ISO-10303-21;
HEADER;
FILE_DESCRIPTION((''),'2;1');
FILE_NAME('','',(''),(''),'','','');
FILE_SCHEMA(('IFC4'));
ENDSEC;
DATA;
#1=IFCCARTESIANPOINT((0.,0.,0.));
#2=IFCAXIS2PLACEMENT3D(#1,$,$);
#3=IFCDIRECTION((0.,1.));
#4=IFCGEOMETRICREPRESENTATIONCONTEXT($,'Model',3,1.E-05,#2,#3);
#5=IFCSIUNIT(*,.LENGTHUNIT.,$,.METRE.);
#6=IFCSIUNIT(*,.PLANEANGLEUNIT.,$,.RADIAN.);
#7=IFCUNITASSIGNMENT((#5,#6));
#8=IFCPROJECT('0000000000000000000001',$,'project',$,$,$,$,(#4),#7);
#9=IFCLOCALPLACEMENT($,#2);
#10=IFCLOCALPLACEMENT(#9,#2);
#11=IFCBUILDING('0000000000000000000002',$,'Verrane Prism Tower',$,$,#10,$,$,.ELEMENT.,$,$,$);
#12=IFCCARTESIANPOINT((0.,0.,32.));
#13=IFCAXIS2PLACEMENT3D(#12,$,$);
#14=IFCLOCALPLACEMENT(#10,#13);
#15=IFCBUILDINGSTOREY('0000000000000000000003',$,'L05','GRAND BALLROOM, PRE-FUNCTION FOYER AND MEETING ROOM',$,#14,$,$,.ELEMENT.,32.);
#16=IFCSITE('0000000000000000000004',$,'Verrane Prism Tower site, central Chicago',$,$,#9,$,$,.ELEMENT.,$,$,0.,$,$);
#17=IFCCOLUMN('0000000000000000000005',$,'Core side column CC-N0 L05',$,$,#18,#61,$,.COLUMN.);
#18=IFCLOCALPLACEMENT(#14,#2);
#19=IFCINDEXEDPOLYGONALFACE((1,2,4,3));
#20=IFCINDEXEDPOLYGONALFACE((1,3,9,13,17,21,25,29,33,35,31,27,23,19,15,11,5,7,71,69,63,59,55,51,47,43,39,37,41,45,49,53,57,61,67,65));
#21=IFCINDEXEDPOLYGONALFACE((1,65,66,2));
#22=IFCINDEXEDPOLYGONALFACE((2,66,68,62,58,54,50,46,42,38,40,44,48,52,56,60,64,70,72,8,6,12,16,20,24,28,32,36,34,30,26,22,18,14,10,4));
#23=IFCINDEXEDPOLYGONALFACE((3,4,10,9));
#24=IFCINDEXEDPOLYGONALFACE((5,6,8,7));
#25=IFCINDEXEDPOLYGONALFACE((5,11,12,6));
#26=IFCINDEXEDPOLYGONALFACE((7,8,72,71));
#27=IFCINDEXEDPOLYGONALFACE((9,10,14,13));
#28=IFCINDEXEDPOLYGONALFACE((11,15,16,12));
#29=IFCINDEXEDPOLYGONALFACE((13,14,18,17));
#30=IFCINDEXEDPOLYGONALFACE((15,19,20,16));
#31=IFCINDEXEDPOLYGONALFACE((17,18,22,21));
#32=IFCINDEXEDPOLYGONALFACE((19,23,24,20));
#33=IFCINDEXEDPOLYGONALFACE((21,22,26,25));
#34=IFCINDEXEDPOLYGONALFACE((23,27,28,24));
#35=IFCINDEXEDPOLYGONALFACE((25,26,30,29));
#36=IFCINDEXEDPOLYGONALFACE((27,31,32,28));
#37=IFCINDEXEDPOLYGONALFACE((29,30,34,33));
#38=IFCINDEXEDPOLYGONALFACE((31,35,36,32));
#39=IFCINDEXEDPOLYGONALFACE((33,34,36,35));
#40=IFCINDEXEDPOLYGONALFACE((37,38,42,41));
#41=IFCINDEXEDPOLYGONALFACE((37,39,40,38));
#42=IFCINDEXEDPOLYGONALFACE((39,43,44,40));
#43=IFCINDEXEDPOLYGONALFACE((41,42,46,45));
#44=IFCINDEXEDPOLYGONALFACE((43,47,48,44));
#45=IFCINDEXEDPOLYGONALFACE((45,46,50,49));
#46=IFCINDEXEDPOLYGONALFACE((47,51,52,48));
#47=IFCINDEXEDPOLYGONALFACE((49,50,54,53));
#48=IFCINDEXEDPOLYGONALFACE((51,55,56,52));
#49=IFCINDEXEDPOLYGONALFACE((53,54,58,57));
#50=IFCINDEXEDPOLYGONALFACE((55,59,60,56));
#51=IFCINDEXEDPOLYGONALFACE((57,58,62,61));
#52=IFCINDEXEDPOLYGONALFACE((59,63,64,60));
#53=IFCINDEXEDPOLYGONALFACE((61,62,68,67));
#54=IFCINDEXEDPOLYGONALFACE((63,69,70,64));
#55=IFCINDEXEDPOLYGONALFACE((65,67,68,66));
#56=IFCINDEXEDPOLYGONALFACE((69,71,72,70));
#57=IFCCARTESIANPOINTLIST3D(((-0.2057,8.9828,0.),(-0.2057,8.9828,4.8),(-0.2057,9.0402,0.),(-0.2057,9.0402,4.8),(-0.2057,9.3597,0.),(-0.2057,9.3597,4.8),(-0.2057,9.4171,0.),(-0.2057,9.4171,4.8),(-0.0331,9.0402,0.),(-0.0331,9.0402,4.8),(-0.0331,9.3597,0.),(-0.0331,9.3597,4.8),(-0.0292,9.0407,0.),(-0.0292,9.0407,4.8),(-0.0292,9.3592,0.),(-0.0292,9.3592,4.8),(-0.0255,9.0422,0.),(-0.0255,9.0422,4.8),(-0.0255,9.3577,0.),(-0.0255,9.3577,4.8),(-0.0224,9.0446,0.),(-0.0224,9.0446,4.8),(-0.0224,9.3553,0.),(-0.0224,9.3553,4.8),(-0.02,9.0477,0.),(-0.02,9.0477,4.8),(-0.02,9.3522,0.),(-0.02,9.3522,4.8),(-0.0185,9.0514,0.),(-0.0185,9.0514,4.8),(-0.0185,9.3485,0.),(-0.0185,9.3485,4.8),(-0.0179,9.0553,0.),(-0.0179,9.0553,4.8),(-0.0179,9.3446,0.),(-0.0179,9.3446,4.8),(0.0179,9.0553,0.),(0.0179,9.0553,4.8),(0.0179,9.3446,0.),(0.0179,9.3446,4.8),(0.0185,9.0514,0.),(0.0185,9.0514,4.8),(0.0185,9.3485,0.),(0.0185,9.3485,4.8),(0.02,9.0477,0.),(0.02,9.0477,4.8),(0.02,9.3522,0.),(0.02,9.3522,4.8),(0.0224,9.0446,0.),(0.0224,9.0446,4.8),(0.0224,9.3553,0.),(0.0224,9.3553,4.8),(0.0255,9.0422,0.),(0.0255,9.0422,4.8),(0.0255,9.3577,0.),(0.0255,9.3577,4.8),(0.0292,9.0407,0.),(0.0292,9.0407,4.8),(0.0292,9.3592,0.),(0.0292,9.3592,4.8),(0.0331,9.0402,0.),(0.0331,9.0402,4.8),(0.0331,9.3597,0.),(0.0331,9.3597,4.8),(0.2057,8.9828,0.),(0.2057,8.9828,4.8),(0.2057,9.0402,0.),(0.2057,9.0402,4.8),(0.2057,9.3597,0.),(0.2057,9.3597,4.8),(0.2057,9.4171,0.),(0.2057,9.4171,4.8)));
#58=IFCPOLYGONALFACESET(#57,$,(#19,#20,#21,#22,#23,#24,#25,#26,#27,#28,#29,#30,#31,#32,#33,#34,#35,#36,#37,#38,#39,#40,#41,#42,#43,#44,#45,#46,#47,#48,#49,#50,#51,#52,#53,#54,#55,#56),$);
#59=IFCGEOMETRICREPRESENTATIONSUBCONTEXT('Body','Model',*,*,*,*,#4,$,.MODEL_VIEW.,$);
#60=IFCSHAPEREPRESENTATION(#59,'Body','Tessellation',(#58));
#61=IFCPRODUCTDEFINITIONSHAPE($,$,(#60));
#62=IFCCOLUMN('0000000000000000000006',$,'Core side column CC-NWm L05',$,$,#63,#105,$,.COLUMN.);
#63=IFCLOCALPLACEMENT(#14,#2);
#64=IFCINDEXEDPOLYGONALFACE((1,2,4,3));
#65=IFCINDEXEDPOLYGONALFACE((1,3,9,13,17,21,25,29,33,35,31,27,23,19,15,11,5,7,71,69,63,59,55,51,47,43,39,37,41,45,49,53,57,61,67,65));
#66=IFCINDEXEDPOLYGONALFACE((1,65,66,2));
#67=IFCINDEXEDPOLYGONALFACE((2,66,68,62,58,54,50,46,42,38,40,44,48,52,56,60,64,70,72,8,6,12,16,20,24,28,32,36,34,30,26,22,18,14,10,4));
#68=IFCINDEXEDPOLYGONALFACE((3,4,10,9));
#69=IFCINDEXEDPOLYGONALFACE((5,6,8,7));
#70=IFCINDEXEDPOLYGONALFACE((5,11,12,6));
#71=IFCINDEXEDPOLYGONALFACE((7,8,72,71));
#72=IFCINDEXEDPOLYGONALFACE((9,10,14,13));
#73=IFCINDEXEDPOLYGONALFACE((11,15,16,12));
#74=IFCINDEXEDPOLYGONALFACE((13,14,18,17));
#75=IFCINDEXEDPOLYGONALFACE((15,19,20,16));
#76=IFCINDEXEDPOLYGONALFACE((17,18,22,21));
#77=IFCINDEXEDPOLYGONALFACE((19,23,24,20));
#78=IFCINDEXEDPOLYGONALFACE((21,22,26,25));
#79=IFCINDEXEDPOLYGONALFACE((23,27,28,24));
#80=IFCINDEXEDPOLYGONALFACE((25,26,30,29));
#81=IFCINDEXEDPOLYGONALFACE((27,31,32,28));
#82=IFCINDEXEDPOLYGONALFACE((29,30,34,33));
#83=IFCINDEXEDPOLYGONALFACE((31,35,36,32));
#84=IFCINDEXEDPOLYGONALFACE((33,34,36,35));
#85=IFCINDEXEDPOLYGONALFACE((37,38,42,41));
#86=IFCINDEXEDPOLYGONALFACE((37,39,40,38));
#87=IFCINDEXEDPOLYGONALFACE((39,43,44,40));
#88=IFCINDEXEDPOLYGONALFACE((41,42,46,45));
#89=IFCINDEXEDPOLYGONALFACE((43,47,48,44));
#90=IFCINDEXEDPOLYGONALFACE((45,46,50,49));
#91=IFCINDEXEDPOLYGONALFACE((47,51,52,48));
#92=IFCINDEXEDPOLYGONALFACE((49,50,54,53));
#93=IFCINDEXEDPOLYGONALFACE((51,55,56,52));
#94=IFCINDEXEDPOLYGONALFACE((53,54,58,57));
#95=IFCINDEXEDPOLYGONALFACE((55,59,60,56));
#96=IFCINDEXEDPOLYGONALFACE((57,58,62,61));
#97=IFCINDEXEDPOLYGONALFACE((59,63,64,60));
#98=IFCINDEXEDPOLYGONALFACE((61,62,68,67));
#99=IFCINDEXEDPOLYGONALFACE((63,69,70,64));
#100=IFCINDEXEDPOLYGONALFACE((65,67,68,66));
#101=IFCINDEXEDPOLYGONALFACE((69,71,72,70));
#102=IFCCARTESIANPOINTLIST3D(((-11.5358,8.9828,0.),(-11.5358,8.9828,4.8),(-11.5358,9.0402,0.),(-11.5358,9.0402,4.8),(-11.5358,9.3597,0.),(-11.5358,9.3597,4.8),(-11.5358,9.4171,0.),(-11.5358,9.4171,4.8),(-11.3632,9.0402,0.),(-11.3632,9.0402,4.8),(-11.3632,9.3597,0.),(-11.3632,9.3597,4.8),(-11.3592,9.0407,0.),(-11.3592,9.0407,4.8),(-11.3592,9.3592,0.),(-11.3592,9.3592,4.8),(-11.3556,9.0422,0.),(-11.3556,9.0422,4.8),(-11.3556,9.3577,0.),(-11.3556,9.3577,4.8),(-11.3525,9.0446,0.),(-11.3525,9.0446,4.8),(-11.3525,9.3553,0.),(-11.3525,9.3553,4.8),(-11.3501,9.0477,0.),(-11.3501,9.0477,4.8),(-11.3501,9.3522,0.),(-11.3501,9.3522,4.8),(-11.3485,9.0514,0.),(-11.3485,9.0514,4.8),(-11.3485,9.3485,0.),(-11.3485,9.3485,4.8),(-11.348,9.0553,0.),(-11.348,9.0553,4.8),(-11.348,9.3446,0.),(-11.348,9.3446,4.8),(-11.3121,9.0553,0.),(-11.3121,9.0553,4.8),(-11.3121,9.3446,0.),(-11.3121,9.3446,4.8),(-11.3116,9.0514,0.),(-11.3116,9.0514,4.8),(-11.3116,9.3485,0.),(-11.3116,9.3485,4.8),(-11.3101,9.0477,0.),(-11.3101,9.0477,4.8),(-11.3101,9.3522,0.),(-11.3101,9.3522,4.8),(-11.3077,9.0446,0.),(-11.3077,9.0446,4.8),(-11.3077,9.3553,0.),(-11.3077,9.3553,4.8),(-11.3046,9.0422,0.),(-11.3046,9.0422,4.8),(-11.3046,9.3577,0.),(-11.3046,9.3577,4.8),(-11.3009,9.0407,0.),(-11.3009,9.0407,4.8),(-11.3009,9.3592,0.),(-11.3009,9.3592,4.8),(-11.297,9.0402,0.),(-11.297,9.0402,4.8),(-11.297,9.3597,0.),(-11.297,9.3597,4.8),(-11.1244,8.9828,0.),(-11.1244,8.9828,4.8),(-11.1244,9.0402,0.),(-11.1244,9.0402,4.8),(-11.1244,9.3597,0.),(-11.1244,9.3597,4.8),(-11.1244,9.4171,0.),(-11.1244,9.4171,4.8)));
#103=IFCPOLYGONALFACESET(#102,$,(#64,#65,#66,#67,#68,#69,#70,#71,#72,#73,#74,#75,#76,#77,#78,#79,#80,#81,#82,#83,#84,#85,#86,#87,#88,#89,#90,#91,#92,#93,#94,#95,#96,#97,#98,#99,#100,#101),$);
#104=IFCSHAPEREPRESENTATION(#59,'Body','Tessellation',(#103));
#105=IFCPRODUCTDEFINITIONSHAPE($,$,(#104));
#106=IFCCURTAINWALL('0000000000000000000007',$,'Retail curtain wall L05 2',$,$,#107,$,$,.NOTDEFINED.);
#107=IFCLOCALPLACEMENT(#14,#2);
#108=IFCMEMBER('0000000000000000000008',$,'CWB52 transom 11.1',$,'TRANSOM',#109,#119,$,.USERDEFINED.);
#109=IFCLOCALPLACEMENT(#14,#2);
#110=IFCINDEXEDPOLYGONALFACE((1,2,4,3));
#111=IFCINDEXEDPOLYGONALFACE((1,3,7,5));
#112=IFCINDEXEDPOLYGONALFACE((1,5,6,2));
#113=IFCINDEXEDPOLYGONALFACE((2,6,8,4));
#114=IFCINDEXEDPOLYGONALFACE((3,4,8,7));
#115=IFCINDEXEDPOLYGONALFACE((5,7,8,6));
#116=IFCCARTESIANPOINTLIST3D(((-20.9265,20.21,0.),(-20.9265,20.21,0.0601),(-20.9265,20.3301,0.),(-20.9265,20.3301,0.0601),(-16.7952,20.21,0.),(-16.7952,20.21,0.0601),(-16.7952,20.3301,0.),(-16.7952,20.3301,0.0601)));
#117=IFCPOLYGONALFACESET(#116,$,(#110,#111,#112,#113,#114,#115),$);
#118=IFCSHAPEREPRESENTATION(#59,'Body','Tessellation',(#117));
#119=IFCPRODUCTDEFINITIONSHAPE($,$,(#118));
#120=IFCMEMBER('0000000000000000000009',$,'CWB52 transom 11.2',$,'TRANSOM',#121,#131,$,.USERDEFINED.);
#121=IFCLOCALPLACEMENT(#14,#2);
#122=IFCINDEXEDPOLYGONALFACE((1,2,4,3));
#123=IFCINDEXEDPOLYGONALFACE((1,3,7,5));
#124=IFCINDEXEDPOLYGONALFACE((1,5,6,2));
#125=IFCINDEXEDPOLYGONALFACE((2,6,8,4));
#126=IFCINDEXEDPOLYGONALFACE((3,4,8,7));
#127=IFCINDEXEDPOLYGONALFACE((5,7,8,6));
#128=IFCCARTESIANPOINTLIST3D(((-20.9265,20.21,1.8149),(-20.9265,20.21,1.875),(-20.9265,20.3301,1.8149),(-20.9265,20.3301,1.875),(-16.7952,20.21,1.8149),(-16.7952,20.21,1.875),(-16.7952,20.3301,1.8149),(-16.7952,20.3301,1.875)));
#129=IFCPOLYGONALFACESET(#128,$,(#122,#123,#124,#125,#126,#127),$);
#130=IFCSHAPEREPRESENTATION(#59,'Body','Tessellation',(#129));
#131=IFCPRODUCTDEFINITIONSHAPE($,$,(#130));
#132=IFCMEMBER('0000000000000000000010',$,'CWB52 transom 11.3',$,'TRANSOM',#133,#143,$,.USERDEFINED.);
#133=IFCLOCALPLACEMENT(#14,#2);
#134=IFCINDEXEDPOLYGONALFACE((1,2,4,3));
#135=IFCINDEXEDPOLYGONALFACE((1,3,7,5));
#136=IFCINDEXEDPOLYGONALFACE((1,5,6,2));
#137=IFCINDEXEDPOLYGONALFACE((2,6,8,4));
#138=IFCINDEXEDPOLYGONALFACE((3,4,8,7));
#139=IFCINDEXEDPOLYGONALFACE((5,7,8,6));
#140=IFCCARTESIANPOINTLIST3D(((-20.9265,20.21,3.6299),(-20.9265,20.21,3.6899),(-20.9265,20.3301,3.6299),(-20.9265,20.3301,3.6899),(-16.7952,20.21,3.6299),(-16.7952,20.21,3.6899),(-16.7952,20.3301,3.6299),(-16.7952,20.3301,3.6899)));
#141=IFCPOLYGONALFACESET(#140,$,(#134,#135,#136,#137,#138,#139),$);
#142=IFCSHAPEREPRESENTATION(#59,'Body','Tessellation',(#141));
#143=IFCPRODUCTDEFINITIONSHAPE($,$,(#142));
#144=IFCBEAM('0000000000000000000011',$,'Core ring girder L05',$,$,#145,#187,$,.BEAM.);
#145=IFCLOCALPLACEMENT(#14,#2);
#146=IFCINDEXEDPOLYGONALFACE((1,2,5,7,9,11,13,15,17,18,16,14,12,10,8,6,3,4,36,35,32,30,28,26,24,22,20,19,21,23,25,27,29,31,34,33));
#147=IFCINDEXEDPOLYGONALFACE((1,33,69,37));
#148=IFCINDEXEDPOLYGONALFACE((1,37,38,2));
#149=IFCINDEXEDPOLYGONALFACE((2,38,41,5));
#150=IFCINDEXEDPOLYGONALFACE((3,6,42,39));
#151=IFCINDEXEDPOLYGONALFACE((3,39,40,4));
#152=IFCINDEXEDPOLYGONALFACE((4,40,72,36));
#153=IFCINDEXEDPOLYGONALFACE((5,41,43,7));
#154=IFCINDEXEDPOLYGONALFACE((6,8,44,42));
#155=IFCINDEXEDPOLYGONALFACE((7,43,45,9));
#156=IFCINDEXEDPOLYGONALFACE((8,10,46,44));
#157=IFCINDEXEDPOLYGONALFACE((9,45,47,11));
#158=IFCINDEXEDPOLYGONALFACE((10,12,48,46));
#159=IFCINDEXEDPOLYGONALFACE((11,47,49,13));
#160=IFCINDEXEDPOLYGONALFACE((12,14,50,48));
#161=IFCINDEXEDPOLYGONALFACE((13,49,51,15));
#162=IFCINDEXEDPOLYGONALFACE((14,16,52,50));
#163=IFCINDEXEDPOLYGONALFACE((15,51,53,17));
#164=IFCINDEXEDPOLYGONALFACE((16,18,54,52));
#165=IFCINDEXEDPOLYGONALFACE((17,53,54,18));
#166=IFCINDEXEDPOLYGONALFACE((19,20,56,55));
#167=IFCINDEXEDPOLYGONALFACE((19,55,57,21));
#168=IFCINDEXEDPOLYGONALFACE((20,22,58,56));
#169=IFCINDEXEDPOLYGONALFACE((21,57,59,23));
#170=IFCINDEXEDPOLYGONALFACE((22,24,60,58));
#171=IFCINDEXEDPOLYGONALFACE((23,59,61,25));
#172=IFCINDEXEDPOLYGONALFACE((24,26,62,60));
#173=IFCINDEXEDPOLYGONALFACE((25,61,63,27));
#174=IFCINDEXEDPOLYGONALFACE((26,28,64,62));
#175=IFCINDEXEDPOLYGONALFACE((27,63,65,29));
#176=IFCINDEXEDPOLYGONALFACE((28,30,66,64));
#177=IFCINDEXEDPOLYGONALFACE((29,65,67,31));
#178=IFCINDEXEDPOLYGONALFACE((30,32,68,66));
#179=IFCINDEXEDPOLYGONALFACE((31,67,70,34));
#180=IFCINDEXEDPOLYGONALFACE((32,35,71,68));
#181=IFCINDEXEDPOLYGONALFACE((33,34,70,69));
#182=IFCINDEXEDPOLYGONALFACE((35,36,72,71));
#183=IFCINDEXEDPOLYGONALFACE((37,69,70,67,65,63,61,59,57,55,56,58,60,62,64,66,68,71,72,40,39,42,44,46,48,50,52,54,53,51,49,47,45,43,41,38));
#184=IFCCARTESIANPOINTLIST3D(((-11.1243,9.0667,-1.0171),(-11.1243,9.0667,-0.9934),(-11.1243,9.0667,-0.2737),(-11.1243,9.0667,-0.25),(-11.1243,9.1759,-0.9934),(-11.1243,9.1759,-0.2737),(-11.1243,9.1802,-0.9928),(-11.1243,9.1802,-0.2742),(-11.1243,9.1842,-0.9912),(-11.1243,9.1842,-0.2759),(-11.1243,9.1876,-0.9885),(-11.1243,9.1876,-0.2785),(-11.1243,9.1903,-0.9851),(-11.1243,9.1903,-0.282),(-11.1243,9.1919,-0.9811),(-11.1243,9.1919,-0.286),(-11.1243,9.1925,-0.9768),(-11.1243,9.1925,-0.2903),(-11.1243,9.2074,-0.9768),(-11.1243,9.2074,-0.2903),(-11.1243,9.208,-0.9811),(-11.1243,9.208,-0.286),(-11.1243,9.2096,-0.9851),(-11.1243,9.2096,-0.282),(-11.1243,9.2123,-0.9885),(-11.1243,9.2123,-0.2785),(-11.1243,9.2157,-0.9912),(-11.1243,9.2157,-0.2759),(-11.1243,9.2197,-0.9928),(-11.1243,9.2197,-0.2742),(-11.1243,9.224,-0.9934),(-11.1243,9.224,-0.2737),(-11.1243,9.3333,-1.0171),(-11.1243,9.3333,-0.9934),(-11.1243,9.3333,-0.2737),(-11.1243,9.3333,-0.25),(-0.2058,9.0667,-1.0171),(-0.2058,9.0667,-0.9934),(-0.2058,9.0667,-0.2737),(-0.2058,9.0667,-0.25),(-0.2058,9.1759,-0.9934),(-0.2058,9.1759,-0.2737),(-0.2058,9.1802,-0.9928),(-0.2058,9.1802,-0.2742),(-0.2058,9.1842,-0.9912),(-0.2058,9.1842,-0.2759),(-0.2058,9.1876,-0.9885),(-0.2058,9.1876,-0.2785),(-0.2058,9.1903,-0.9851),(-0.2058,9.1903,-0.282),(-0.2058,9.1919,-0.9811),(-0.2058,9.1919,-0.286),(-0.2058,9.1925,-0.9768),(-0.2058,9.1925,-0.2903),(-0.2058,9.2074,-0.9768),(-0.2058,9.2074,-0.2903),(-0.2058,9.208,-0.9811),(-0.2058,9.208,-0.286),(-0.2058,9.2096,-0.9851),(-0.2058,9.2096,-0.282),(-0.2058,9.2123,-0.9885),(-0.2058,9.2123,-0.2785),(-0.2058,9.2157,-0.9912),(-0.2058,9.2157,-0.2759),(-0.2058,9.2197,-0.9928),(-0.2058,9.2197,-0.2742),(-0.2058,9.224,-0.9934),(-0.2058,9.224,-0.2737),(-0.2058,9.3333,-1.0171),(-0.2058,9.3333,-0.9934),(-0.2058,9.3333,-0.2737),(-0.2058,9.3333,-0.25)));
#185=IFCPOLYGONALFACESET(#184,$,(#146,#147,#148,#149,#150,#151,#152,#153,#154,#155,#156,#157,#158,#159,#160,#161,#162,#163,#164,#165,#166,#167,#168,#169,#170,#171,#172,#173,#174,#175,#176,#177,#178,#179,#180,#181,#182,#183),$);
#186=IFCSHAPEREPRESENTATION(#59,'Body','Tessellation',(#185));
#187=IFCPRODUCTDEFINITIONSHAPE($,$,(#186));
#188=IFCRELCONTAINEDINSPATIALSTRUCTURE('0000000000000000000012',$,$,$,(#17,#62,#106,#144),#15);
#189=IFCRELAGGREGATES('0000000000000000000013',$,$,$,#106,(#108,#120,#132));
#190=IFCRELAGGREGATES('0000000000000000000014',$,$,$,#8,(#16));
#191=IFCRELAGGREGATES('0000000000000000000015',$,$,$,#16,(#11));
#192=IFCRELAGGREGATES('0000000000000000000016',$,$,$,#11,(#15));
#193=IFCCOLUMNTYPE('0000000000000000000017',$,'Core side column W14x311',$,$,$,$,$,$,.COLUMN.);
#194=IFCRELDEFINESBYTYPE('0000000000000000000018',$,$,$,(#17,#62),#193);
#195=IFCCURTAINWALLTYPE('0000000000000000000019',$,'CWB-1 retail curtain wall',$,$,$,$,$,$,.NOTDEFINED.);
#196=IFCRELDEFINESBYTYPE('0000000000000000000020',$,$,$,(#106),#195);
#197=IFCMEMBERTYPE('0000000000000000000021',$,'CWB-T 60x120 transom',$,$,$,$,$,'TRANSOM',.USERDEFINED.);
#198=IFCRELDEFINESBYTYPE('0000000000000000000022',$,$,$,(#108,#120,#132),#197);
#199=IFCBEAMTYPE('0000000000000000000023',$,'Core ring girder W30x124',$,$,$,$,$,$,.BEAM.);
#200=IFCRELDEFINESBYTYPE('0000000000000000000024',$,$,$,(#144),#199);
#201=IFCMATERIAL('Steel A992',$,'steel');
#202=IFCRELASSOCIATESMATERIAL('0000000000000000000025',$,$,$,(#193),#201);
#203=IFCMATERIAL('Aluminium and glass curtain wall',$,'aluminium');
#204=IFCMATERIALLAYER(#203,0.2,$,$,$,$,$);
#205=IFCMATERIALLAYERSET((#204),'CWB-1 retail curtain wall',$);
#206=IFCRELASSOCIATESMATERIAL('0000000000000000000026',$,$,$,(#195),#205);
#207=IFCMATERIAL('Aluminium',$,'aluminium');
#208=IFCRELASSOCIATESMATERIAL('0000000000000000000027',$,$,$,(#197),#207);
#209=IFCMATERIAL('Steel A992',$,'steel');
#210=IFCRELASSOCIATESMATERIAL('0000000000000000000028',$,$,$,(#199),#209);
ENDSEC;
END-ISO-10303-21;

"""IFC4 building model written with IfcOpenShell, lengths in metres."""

from ifc_helpers import new_model, si_unit, direction, frame, origin, origin_2d, place, context, subcontext, project, spatial, rectangle, i_section, extrude, material, layer, layer_set, material_profile, profile_set, type_object, element, aggregate, save


model = new_model("IFC4")

# Units and contexts
model_context = context("Model", 3, precision=1e-05, world=origin(), true_north=direction((0.0, 1.0)))
body_context = subcontext(model_context, "Body", "Model", "MODEL_VIEW")
ifc_project = project(units=[si_unit("LENGTHUNIT", "METRE"), si_unit("PLANEANGLEUNIT", "RADIAN")], contexts=[model_context])

# Site, building, storey
site_placement = place(None, origin())
site = spatial("IfcSite", under=ifc_project, at=site_placement, Name="Verrane Prism Tower site, central Chicago", CompositionType="ELEMENT", RefElevation=0.0)
building_placement = place(site_placement, origin())
building = spatial("IfcBuilding", under=site, at=building_placement, Name="Verrane Prism Tower", CompositionType="ELEMENT")
storey_placement = place(building_placement, frame((0.0, 0.0, 32.0)))
storey = spatial("IfcBuildingStorey", under=building, at=storey_placement, Name="L05", Description="GRAND BALLROOM, PRE-FUNCTION FOYER AND MEETING ROOM", CompositionType="ELEMENT", Elevation=32.0)

# Columns
ifc_material_1 = material(Name="Steel A992", Category="steel")
ifc_material_profile_1 = material_profile(ifc_material_1, i_section(OverallWidth=0.4114, OverallDepth=0.4343, WebThickness=0.0359, FlangeThickness=0.0574, FilletRadius=0.0151, at=origin_2d()), Name="W14x311")
ifc_profile_set_1 = profile_set([ifc_material_profile_1], Name="Steel A992")
column_type = type_object("IfcColumnType", Name="Core side column W14x311", PredefinedType="COLUMN", material=ifc_profile_set_1)
for number, where, z_axis, x_axis, name in (
    (1, (0.0, 9.2, 0.0), (0.0, 0.0, 1.0), (1.0, 0.0, 0.0), "Core side column CC-N0 L05"),
    (2, (-11.3301, 9.2, 0.0), (0.0, 0.0, 1.0), (1.0, 0.0, 0.0), "Core side column CC-NWm L05"),
):
    element("IfcColumn", number, at=place(storey_placement, frame(where, z_axis=z_axis, x_axis=x_axis)), inside=storey, type_object=column_type, Name=name, PredefinedType="COLUMN", context=body_context, shape_type="SweptSolid", body=[
        extrude(i_section(OverallWidth=0.4114, OverallDepth=0.4343, WebThickness=0.0359, FlangeThickness=0.0574, FilletRadius=0.0151, at=origin_2d()), origin(), (0.0, 0.0, 1.0), 4.8),
    ])

# Curtain wall, members
ifc_material_2 = material(Name="Aluminium and glass curtain wall", Category="aluminium")
ifc_layer_1 = layer(ifc_material_2, 0.2)
ifc_layer_set_1 = layer_set([ifc_layer_1], Name="CWB-1 retail curtain wall")
curtain_wall_type = type_object("IfcCurtainWallType", Name="CWB-1 retail curtain wall", PredefinedType="NOTDEFINED", material=ifc_layer_set_1)
curtain_wall_placement = place(storey_placement, origin())
curtain_wall = element("IfcCurtainWall", 3, at=curtain_wall_placement, inside=storey, type_object=curtain_wall_type, Name="Retail curtain wall L05 2", PredefinedType="NOTDEFINED")
ifc_material_3 = material(Name="Aluminium", Category="aluminium")
ifc_material_profile_2 = material_profile(ifc_material_3, rectangle(XDim=0.1201, YDim=0.0601, at=origin_2d()), Name="CWB-T 60x120 transom")
ifc_profile_set_2 = profile_set([ifc_material_profile_2], Name="Aluminium")
member_type = type_object("IfcMemberType", Name="CWB-T 60x120 transom", ElementType="TRANSOM", PredefinedType="USERDEFINED", material=ifc_profile_set_2)
member_1_placement = place(storey_placement, frame((-16.7952, 20.27, 0.03), z_axis=(-1.0, 0.0, 0.0), x_axis=(0.0, -1.0, 0.0)))
member_1 = element("IfcMember", 4, at=member_1_placement, type_object=member_type, Name="CWB52 transom 11.1", ObjectType="TRANSOM", PredefinedType="USERDEFINED", context=body_context, shape_type="SweptSolid", body=[
    extrude(rectangle(XDim=0.1201, YDim=0.0601, at=origin_2d()), origin(), (0.0, 0.0, 1.0), 4.1313),
])
member_2_placement = place(storey_placement, frame((-16.7952, 20.27, 1.845), z_axis=(-1.0, 0.0, 0.0), x_axis=(0.0, -1.0, 0.0)))
member_2 = element("IfcMember", 5, at=member_2_placement, type_object=member_type, Name="CWB52 transom 11.2", ObjectType="TRANSOM", PredefinedType="USERDEFINED", context=body_context, shape_type="SweptSolid", body=[
    extrude(rectangle(XDim=0.1201, YDim=0.0601, at=origin_2d()), origin(), (0.0, 0.0, 1.0), 4.1313),
])
member_3_placement = place(storey_placement, frame((-16.7952, 20.27, 3.6599), z_axis=(-1.0, 0.0, 0.0), x_axis=(0.0, -1.0, 0.0)))
member_3 = element("IfcMember", 6, at=member_3_placement, type_object=member_type, Name="CWB52 transom 11.3", ObjectType="TRANSOM", PredefinedType="USERDEFINED", context=body_context, shape_type="SweptSolid", body=[
    extrude(rectangle(XDim=0.1201, YDim=0.0601, at=origin_2d()), origin(), (0.0, 0.0, 1.0), 4.1313),
])
aggregate(curtain_wall, [member_1, member_2, member_3])

# Beam
ifc_material_4 = material(Name="Steel A992", Category="steel")
ifc_material_profile_3 = material_profile(ifc_material_4, i_section(OverallWidth=0.2666, OverallDepth=0.7671, WebThickness=0.0149, FlangeThickness=0.0237, FilletRadius=0.0166, at=origin_2d()), Name="W30x124")
ifc_profile_set_3 = profile_set([ifc_material_profile_3], Name="Steel A992")
beam_type_1 = type_object("IfcBeamType", Name="Core ring girder W30x124", PredefinedType="BEAM", material=ifc_profile_set_3)
beam_1_placement = place(storey_placement, frame((-0.2058, 9.2, -0.6335), z_axis=(-1.0, 0.0, 0.0), x_axis=(0.0, -1.0, 0.0)))
element("IfcBeam", 7, at=beam_1_placement, inside=storey, type_object=beam_type_1, Name="Core ring girder L05", PredefinedType="BEAM", context=body_context, shape_type="SweptSolid", body=[
    extrude(i_section(OverallWidth=0.2666, OverallDepth=0.7671, WebThickness=0.0149, FlangeThickness=0.0237, FilletRadius=0.0166, at=origin_2d()), origin(), (0.0, 0.0, 1.0), 10.9185),
])

save(model, "model.ifc")
